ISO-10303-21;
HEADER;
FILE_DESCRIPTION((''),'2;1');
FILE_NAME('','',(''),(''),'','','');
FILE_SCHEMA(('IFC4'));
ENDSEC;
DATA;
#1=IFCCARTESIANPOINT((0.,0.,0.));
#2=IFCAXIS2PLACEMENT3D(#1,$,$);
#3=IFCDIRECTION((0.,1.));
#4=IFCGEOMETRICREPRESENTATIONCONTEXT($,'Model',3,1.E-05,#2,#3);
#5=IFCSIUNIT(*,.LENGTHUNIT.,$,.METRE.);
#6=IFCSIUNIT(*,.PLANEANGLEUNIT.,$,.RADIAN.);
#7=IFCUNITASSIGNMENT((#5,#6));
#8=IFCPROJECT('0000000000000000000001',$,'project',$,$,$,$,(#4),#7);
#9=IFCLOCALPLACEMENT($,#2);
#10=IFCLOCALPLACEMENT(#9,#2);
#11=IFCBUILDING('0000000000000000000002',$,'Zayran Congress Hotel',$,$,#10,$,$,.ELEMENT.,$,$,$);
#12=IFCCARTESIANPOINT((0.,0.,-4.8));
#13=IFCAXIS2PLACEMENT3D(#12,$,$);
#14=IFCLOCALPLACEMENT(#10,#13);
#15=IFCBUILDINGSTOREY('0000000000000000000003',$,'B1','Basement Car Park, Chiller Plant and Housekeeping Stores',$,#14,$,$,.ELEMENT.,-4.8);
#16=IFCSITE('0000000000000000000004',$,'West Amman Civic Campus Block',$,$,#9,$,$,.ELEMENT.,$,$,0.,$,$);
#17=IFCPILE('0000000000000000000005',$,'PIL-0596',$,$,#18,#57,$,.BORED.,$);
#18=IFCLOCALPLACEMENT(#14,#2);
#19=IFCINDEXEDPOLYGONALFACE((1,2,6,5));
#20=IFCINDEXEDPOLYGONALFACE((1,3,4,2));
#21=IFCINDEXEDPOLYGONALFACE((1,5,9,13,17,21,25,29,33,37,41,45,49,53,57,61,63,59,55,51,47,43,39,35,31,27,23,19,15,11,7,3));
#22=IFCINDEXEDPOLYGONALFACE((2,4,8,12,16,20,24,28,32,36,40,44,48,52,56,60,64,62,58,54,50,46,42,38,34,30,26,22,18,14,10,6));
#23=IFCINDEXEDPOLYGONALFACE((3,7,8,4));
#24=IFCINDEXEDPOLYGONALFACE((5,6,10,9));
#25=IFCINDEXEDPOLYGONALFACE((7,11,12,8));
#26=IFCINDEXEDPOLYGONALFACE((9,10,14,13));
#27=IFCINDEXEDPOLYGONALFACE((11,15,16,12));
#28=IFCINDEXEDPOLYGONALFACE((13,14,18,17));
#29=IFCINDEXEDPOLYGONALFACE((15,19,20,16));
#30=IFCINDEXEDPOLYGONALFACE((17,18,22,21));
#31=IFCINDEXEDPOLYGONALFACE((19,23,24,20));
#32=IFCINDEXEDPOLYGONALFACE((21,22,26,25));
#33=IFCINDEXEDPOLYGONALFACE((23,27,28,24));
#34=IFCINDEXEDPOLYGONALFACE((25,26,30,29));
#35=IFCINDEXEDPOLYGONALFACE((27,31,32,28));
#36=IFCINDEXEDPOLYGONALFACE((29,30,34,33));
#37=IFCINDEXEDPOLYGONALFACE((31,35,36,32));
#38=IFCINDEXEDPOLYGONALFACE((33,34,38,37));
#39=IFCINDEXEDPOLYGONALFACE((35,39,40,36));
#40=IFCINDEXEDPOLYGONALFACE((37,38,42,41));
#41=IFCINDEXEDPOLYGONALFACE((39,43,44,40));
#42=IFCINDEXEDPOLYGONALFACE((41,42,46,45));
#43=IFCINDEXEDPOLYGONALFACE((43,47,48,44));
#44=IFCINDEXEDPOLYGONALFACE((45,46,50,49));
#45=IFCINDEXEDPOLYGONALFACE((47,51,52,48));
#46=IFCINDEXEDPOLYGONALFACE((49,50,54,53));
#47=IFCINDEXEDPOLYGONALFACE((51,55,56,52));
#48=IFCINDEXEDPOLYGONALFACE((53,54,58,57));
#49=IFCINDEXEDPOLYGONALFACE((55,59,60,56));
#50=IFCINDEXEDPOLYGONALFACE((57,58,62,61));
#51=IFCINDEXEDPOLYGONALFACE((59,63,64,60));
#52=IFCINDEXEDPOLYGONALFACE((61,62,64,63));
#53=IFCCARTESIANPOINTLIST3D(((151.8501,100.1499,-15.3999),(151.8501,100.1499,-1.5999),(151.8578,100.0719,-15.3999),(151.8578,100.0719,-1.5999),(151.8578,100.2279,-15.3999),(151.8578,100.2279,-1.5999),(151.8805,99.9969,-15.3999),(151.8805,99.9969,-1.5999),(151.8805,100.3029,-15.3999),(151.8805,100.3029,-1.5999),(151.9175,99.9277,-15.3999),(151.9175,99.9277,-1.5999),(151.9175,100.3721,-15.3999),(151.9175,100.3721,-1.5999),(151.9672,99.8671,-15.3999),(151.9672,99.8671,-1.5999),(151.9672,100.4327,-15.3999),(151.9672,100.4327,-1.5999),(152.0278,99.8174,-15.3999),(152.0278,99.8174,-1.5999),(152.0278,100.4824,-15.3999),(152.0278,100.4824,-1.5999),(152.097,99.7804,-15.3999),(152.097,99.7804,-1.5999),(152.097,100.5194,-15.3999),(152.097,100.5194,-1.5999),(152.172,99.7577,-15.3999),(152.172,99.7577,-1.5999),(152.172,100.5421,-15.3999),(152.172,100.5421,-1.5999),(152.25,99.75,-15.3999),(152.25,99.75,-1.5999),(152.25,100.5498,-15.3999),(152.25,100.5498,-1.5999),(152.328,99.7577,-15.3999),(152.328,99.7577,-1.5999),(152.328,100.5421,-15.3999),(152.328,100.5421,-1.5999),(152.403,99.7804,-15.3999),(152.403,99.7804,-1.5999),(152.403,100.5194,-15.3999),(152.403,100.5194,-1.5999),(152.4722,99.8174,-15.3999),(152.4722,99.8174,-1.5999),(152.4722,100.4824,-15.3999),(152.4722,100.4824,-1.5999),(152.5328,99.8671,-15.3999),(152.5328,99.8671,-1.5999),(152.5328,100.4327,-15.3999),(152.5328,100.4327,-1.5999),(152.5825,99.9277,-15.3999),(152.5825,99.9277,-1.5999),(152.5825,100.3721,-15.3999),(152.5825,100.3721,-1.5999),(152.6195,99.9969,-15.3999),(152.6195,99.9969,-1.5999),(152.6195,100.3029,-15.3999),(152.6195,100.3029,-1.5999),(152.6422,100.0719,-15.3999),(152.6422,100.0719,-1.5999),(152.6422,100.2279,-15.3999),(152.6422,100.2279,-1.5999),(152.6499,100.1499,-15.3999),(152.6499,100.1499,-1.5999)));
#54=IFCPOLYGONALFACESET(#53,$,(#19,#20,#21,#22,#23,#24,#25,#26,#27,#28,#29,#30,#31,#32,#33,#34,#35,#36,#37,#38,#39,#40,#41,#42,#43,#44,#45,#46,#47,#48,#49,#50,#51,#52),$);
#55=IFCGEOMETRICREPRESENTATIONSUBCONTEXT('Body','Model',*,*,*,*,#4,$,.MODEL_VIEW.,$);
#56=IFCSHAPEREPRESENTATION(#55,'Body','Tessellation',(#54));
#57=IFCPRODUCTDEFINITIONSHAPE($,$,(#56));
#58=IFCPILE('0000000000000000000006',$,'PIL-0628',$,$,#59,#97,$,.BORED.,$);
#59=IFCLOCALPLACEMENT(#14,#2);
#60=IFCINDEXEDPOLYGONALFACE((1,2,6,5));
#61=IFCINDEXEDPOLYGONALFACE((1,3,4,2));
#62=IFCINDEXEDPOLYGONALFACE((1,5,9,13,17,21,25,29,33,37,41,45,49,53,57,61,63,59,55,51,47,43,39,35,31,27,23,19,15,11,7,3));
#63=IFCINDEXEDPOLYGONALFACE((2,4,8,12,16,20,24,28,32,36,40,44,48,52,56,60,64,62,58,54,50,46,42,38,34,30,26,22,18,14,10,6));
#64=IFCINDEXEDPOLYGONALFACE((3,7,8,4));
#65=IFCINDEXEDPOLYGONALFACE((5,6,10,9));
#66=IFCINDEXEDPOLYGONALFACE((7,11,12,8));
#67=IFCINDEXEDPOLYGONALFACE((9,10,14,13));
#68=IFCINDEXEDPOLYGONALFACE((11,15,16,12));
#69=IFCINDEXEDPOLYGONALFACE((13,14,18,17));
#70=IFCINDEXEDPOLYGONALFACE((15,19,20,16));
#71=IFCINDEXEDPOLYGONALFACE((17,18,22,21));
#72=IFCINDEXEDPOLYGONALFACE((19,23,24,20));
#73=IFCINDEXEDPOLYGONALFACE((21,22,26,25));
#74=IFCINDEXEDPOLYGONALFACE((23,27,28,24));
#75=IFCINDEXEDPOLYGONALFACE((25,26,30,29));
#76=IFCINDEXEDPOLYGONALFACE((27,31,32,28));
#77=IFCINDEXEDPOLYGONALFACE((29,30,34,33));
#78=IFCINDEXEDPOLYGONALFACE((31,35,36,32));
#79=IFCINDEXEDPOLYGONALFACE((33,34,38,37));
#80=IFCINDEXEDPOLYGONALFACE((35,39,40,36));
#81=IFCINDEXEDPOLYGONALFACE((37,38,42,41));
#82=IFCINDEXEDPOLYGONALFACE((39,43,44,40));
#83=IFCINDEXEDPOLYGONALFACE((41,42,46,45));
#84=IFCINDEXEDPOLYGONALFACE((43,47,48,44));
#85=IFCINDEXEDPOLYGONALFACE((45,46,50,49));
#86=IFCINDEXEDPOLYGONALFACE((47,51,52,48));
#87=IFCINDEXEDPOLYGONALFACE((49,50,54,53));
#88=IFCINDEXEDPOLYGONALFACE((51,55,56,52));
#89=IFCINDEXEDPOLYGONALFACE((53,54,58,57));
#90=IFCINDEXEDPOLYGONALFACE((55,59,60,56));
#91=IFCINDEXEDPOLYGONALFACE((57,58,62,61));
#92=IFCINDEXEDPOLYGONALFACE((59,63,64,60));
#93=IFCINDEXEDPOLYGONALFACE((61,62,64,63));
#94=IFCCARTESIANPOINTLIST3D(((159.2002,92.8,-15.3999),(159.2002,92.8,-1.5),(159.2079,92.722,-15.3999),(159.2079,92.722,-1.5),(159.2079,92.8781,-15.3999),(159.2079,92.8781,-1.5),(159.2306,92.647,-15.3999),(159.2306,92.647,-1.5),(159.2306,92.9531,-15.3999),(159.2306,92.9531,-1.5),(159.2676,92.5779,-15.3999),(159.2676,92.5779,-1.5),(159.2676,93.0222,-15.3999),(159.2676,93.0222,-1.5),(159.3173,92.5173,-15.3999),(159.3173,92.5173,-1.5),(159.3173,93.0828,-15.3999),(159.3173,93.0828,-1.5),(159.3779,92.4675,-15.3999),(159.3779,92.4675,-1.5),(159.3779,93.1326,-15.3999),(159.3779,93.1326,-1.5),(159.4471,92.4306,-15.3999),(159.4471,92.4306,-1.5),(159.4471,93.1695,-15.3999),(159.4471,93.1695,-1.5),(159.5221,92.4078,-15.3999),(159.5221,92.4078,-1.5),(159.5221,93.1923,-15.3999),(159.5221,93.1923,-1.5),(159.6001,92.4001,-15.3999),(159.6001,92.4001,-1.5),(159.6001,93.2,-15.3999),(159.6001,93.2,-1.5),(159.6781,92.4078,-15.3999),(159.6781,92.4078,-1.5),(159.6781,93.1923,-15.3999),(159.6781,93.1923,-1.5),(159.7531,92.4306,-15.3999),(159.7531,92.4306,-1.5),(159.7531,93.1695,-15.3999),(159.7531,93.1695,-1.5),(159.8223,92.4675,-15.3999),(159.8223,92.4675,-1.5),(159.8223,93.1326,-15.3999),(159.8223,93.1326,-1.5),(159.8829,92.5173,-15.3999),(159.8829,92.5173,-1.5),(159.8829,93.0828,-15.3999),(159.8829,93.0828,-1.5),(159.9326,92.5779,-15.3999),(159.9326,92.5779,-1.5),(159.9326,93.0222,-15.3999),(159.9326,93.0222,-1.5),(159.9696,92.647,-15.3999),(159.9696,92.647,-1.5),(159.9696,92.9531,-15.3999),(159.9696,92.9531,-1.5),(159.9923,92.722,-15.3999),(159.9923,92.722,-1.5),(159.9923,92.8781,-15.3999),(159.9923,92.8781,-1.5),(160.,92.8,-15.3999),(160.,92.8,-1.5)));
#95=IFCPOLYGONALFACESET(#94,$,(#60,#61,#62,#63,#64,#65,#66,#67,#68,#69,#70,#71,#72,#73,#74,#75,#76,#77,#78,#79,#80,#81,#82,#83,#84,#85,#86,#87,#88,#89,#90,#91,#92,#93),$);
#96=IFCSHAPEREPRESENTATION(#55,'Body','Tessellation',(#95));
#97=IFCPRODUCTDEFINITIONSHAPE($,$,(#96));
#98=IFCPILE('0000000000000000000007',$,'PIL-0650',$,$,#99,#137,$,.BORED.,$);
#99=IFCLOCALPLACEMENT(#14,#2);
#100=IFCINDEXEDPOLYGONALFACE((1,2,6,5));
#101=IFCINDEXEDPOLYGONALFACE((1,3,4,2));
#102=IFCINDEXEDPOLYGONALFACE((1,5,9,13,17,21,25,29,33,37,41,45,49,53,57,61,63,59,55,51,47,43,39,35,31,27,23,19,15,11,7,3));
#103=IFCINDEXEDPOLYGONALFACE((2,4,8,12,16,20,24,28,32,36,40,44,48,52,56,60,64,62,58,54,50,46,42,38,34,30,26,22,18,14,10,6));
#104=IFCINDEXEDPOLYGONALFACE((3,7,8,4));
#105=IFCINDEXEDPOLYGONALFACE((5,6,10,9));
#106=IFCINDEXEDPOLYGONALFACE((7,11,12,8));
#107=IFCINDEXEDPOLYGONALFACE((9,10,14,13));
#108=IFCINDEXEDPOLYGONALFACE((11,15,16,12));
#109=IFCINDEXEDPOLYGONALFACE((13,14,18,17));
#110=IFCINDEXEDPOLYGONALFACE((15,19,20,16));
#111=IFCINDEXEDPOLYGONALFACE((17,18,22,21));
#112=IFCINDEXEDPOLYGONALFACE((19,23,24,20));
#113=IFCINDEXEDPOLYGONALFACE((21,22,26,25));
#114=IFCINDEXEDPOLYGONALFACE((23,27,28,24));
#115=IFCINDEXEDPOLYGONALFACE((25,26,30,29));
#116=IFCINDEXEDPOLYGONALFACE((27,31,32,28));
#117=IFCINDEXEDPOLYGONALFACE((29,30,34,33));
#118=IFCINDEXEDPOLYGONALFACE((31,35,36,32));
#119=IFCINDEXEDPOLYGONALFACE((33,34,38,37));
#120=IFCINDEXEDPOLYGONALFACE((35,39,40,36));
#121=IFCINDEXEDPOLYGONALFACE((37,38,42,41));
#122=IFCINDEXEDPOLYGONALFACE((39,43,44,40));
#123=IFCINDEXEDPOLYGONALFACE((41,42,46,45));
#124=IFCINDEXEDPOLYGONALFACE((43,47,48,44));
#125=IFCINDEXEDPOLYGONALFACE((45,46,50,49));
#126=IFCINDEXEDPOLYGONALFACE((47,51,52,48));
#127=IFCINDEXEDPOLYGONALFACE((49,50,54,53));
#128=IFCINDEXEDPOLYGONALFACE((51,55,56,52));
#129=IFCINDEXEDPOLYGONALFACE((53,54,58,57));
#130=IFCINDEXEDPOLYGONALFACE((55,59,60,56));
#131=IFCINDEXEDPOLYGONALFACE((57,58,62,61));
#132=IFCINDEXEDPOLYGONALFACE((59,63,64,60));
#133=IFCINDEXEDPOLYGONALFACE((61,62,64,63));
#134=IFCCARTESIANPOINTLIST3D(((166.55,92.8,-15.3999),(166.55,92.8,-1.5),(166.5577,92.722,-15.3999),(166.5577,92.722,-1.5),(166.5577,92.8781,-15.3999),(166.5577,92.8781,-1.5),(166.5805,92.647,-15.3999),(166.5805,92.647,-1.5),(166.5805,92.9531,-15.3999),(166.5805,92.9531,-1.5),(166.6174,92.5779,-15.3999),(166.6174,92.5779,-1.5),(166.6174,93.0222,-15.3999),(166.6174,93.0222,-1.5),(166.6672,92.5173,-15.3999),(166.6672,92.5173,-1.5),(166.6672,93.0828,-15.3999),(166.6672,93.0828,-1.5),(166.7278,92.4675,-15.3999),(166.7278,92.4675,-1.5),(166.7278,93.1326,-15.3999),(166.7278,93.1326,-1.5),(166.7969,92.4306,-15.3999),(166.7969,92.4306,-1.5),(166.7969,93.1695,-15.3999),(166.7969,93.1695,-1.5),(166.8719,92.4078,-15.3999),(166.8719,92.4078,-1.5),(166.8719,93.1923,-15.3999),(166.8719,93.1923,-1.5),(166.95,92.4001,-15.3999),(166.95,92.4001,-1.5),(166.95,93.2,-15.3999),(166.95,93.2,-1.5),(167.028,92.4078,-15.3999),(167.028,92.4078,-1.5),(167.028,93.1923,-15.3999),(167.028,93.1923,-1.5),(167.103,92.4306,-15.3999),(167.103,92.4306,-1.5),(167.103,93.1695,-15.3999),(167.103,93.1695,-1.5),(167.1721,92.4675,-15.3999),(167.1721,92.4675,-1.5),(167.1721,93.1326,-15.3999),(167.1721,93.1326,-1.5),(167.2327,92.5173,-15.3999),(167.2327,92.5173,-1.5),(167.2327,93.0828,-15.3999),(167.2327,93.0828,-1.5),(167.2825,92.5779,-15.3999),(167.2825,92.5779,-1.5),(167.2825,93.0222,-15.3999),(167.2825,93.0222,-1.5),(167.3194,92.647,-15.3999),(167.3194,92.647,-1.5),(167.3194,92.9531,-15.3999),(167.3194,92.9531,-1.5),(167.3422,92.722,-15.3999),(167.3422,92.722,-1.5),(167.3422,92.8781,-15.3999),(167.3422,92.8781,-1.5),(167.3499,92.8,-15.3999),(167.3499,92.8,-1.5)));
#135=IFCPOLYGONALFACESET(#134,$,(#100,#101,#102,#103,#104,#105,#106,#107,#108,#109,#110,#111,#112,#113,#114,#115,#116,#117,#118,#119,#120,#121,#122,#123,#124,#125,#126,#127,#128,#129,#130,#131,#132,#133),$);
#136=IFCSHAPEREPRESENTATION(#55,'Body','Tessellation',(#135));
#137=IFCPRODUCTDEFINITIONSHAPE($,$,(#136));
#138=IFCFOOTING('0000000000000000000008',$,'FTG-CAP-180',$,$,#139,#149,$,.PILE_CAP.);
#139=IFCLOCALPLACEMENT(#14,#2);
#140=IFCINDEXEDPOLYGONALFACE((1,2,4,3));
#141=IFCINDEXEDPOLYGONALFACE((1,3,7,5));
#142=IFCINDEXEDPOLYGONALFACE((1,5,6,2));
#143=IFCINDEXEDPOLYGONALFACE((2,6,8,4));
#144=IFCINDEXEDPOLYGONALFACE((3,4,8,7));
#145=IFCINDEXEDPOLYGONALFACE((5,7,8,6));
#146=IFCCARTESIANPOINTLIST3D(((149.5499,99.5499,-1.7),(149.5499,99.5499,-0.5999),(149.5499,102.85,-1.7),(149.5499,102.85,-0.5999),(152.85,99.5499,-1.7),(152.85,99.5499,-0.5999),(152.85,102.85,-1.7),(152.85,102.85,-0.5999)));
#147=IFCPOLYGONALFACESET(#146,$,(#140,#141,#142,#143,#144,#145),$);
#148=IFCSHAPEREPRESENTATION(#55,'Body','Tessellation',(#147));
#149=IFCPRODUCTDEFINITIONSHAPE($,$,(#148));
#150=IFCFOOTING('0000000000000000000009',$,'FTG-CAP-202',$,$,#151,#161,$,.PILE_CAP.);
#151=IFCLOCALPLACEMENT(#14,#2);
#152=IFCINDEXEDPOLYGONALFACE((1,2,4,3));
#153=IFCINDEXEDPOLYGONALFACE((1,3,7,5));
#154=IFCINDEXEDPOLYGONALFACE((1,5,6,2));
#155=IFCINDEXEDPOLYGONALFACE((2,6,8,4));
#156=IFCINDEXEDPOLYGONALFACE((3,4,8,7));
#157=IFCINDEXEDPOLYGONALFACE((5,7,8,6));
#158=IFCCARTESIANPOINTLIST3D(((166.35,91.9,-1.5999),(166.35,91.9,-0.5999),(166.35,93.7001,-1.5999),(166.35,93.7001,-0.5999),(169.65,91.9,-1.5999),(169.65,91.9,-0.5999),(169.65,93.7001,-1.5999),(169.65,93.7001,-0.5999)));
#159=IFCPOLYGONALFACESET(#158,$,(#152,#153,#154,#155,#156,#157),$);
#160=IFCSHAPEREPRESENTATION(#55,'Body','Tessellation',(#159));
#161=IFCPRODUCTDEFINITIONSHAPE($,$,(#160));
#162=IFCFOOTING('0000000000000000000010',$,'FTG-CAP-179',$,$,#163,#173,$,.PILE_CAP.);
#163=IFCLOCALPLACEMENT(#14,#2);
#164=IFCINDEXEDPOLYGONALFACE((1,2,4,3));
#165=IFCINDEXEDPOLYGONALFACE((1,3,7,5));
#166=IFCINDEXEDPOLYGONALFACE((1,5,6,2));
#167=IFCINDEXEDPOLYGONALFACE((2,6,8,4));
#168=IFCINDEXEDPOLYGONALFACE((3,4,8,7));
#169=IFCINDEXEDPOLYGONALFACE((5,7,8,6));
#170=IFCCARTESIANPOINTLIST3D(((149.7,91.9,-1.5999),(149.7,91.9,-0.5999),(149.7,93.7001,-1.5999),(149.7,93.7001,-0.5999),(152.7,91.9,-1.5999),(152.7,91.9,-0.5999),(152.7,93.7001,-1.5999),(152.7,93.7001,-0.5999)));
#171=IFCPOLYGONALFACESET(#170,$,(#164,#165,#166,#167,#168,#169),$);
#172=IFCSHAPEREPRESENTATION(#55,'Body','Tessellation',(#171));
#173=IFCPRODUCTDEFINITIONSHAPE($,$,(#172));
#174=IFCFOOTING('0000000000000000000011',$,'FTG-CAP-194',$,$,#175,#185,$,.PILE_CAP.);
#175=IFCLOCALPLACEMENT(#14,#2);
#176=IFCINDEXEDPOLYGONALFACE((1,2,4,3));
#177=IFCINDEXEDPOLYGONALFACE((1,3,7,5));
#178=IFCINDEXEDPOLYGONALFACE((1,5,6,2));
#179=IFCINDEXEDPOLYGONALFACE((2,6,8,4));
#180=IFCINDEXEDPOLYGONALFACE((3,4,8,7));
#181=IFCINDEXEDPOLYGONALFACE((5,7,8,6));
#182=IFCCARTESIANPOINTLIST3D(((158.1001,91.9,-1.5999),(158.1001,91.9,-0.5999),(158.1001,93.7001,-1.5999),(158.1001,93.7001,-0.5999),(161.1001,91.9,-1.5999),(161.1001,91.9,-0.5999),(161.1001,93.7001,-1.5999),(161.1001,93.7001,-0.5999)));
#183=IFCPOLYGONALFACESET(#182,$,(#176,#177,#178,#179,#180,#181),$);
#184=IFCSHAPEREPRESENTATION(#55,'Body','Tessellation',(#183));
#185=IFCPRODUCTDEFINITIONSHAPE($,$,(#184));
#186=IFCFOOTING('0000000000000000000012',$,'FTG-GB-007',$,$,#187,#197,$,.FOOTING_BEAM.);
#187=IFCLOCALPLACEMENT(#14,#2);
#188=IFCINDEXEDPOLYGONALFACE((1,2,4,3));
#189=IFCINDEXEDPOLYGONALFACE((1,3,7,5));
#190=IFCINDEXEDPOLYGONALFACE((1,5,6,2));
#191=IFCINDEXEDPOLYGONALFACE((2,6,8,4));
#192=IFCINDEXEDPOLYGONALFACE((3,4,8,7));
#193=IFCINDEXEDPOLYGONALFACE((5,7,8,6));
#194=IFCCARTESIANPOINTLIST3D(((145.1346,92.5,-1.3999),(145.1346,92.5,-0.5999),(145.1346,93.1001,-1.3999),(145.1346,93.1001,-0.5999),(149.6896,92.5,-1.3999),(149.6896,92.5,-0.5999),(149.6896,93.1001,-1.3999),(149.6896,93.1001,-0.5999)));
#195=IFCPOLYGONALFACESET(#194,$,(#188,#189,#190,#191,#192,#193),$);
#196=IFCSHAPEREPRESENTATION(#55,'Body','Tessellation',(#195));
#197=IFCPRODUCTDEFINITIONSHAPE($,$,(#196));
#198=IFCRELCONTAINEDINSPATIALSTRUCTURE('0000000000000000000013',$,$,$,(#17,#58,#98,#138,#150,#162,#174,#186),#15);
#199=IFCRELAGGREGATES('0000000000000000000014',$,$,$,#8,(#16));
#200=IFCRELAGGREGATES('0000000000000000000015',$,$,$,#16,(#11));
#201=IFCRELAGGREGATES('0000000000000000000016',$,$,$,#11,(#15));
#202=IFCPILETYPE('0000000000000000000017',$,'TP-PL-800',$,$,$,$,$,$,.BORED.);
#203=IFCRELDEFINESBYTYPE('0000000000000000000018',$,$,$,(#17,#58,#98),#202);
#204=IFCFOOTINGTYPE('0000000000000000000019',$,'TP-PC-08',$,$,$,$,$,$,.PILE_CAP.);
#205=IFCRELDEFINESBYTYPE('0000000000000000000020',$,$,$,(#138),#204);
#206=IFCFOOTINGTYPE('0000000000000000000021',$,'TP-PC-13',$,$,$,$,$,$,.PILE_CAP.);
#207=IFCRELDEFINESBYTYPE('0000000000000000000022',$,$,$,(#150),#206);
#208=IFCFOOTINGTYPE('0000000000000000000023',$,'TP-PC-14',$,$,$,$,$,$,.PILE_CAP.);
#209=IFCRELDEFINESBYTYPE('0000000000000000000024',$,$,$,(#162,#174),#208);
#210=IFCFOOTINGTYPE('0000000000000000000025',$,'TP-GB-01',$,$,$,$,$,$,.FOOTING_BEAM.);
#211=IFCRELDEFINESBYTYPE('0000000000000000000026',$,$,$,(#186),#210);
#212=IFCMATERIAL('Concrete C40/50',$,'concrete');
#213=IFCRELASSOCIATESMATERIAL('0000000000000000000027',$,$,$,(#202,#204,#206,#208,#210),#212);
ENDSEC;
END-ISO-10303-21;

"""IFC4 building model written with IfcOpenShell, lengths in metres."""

from ifc_helpers import new_model, si_unit, direction, frame, origin, origin_2d, place, context, subcontext, project, spatial, rectangle, circle, extrude, material, material_profile, profile_set, type_object, element, save


model = new_model("IFC4")

# Units and contexts
model_context = context("Model", 3, precision=1e-05, world=origin(), true_north=direction((0.0, 1.0)))
body_context = subcontext(model_context, "Body", "Model", "MODEL_VIEW")
ifc_project = project(units=[si_unit("LENGTHUNIT", "METRE"), si_unit("PLANEANGLEUNIT", "RADIAN")], contexts=[model_context])

# Site, building, storey
site_placement = place(None, origin())
site = spatial("IfcSite", under=ifc_project, at=site_placement, Name="West Amman Civic Campus Block", CompositionType="ELEMENT", RefElevation=0.0)
building_placement = place(site_placement, origin())
building = spatial("IfcBuilding", under=site, at=building_placement, Name="Zayran Congress Hotel", CompositionType="ELEMENT")
storey_placement = place(building_placement, frame((0.0, 0.0, -4.8)))
storey = spatial("IfcBuildingStorey", under=building, at=storey_placement, Name="B1", Description="Basement Car Park, Chiller Plant and Housekeeping Stores", CompositionType="ELEMENT", Elevation=-4.8)

# Piles
ifc_material_1 = material(Name="Concrete C40/50", Category="concrete")
ifc_material_profile_1 = material_profile(ifc_material_1, circle(Radius=0.3999, at=origin_2d()), Name="PILE D800")
ifc_profile_set_1 = profile_set([ifc_material_profile_1], Name="Concrete C40/50")
pile_type_1 = type_object("IfcPileType", Name="TP-PL-800", PredefinedType="BORED", material=ifc_profile_set_1)
for number, where, z_axis, x_axis, name in (
    (1, (152.25, 100.1499, -1.5999), (0.0, 0.0, -1.0), (1.0, 0.0, 0.0), "PIL-0596"),
):
    element("IfcPile", number, at=place(storey_placement, frame(where, z_axis=z_axis, x_axis=x_axis)), inside=storey, type_object=pile_type_1, Name=name, PredefinedType="BORED", context=body_context, shape_type="SweptSolid", body=[
        extrude(circle(Radius=0.3999, at=origin_2d()), origin(), (0.0, 0.0, 1.0), 13.8),
    ])
for number, where, z_axis, x_axis, name in (
    (2, (159.6001, 92.8, -1.5), (0.0, 0.0, -1.0), (1.0, 0.0, 0.0), "PIL-0628"),
    (3, (166.95, 92.8, -1.5), (0.0, 0.0, -1.0), (1.0, 0.0, 0.0), "PIL-0650"),
):
    element("IfcPile", number, at=place(storey_placement, frame(where, z_axis=z_axis, x_axis=x_axis)), inside=storey, type_object=pile_type_1, Name=name, PredefinedType="BORED", context=body_context, shape_type="SweptSolid", body=[
        extrude(circle(Radius=0.3999, at=origin_2d()), origin(), (0.0, 0.0, 1.0), 13.8999),
    ])

# Footings
footing_type_1 = type_object("IfcFootingType", Name="TP-PC-08", PredefinedType="PILE_CAP", material=ifc_material_1)
footing_1_placement = place(storey_placement, frame((151.2, 101.2, -1.7), z_axis=(0.0, 0.0, 1.0), x_axis=(1.0, 0.0, 0.0)))
element("IfcFooting", 4, at=footing_1_placement, inside=storey, type_object=footing_type_1, Name="FTG-CAP-180", PredefinedType="PILE_CAP", context=body_context, shape_type="SweptSolid", body=[
    extrude(rectangle(XDim=3.3, YDim=3.3, at=origin_2d()), origin(), (0.0, 0.0, 1.0), 1.1001),
])
footing_type_2 = type_object("IfcFootingType", Name="TP-PC-13", PredefinedType="PILE_CAP", material=ifc_material_1)
footing_2_placement = place(storey_placement, frame((168.0, 92.8, -1.5999), z_axis=(0.0, 0.0, 1.0), x_axis=(1.0, 0.0, 0.0)))
element("IfcFooting", 5, at=footing_2_placement, inside=storey, type_object=footing_type_2, Name="FTG-CAP-202", PredefinedType="PILE_CAP", context=body_context, shape_type="SweptSolid", body=[
    extrude(rectangle(XDim=3.3, YDim=1.8, at=origin_2d()), origin(), (0.0, 0.0, 1.0), 1.0),
])
footing_type_3 = type_object("IfcFootingType", Name="TP-PC-14", PredefinedType="PILE_CAP", material=ifc_material_1)
for number, where, z_axis, x_axis, name in (
    (6, (151.2, 92.8, -1.5999), (0.0, 0.0, 1.0), (1.0, 0.0, 0.0), "FTG-CAP-179"),
    (7, (159.6001, 92.8, -1.5999), (0.0, 0.0, 1.0), (1.0, 0.0, 0.0), "FTG-CAP-194"),
):
    element("IfcFooting", number, at=place(storey_placement, frame(where, z_axis=z_axis, x_axis=x_axis)), inside=storey, type_object=footing_type_3, Name=name, PredefinedType="PILE_CAP", context=body_context, shape_type="SweptSolid", body=[
        extrude(rectangle(XDim=3.0, YDim=1.8, at=origin_2d()), origin(), (0.0, 0.0, 1.0), 1.0),
    ])
footing_type_4 = type_object("IfcFootingType", Name="TP-GB-01", PredefinedType="FOOTING_BEAM", material=ifc_material_1)
footing_3_placement = place(storey_placement, frame((147.4121, 92.8, -1.3999), z_axis=(0.0, 0.0, 1.0), x_axis=(1.0, 0.0, 0.0)))
element("IfcFooting", 8, at=footing_3_placement, inside=storey, type_object=footing_type_4, Name="FTG-GB-007", PredefinedType="FOOTING_BEAM", context=body_context, shape_type="SweptSolid", body=[
    extrude(rectangle(XDim=4.5549, YDim=0.6001, at=origin_2d()), origin(), (0.0, 0.0, 1.0), 0.8),
])

save(model, "model.ifc")
